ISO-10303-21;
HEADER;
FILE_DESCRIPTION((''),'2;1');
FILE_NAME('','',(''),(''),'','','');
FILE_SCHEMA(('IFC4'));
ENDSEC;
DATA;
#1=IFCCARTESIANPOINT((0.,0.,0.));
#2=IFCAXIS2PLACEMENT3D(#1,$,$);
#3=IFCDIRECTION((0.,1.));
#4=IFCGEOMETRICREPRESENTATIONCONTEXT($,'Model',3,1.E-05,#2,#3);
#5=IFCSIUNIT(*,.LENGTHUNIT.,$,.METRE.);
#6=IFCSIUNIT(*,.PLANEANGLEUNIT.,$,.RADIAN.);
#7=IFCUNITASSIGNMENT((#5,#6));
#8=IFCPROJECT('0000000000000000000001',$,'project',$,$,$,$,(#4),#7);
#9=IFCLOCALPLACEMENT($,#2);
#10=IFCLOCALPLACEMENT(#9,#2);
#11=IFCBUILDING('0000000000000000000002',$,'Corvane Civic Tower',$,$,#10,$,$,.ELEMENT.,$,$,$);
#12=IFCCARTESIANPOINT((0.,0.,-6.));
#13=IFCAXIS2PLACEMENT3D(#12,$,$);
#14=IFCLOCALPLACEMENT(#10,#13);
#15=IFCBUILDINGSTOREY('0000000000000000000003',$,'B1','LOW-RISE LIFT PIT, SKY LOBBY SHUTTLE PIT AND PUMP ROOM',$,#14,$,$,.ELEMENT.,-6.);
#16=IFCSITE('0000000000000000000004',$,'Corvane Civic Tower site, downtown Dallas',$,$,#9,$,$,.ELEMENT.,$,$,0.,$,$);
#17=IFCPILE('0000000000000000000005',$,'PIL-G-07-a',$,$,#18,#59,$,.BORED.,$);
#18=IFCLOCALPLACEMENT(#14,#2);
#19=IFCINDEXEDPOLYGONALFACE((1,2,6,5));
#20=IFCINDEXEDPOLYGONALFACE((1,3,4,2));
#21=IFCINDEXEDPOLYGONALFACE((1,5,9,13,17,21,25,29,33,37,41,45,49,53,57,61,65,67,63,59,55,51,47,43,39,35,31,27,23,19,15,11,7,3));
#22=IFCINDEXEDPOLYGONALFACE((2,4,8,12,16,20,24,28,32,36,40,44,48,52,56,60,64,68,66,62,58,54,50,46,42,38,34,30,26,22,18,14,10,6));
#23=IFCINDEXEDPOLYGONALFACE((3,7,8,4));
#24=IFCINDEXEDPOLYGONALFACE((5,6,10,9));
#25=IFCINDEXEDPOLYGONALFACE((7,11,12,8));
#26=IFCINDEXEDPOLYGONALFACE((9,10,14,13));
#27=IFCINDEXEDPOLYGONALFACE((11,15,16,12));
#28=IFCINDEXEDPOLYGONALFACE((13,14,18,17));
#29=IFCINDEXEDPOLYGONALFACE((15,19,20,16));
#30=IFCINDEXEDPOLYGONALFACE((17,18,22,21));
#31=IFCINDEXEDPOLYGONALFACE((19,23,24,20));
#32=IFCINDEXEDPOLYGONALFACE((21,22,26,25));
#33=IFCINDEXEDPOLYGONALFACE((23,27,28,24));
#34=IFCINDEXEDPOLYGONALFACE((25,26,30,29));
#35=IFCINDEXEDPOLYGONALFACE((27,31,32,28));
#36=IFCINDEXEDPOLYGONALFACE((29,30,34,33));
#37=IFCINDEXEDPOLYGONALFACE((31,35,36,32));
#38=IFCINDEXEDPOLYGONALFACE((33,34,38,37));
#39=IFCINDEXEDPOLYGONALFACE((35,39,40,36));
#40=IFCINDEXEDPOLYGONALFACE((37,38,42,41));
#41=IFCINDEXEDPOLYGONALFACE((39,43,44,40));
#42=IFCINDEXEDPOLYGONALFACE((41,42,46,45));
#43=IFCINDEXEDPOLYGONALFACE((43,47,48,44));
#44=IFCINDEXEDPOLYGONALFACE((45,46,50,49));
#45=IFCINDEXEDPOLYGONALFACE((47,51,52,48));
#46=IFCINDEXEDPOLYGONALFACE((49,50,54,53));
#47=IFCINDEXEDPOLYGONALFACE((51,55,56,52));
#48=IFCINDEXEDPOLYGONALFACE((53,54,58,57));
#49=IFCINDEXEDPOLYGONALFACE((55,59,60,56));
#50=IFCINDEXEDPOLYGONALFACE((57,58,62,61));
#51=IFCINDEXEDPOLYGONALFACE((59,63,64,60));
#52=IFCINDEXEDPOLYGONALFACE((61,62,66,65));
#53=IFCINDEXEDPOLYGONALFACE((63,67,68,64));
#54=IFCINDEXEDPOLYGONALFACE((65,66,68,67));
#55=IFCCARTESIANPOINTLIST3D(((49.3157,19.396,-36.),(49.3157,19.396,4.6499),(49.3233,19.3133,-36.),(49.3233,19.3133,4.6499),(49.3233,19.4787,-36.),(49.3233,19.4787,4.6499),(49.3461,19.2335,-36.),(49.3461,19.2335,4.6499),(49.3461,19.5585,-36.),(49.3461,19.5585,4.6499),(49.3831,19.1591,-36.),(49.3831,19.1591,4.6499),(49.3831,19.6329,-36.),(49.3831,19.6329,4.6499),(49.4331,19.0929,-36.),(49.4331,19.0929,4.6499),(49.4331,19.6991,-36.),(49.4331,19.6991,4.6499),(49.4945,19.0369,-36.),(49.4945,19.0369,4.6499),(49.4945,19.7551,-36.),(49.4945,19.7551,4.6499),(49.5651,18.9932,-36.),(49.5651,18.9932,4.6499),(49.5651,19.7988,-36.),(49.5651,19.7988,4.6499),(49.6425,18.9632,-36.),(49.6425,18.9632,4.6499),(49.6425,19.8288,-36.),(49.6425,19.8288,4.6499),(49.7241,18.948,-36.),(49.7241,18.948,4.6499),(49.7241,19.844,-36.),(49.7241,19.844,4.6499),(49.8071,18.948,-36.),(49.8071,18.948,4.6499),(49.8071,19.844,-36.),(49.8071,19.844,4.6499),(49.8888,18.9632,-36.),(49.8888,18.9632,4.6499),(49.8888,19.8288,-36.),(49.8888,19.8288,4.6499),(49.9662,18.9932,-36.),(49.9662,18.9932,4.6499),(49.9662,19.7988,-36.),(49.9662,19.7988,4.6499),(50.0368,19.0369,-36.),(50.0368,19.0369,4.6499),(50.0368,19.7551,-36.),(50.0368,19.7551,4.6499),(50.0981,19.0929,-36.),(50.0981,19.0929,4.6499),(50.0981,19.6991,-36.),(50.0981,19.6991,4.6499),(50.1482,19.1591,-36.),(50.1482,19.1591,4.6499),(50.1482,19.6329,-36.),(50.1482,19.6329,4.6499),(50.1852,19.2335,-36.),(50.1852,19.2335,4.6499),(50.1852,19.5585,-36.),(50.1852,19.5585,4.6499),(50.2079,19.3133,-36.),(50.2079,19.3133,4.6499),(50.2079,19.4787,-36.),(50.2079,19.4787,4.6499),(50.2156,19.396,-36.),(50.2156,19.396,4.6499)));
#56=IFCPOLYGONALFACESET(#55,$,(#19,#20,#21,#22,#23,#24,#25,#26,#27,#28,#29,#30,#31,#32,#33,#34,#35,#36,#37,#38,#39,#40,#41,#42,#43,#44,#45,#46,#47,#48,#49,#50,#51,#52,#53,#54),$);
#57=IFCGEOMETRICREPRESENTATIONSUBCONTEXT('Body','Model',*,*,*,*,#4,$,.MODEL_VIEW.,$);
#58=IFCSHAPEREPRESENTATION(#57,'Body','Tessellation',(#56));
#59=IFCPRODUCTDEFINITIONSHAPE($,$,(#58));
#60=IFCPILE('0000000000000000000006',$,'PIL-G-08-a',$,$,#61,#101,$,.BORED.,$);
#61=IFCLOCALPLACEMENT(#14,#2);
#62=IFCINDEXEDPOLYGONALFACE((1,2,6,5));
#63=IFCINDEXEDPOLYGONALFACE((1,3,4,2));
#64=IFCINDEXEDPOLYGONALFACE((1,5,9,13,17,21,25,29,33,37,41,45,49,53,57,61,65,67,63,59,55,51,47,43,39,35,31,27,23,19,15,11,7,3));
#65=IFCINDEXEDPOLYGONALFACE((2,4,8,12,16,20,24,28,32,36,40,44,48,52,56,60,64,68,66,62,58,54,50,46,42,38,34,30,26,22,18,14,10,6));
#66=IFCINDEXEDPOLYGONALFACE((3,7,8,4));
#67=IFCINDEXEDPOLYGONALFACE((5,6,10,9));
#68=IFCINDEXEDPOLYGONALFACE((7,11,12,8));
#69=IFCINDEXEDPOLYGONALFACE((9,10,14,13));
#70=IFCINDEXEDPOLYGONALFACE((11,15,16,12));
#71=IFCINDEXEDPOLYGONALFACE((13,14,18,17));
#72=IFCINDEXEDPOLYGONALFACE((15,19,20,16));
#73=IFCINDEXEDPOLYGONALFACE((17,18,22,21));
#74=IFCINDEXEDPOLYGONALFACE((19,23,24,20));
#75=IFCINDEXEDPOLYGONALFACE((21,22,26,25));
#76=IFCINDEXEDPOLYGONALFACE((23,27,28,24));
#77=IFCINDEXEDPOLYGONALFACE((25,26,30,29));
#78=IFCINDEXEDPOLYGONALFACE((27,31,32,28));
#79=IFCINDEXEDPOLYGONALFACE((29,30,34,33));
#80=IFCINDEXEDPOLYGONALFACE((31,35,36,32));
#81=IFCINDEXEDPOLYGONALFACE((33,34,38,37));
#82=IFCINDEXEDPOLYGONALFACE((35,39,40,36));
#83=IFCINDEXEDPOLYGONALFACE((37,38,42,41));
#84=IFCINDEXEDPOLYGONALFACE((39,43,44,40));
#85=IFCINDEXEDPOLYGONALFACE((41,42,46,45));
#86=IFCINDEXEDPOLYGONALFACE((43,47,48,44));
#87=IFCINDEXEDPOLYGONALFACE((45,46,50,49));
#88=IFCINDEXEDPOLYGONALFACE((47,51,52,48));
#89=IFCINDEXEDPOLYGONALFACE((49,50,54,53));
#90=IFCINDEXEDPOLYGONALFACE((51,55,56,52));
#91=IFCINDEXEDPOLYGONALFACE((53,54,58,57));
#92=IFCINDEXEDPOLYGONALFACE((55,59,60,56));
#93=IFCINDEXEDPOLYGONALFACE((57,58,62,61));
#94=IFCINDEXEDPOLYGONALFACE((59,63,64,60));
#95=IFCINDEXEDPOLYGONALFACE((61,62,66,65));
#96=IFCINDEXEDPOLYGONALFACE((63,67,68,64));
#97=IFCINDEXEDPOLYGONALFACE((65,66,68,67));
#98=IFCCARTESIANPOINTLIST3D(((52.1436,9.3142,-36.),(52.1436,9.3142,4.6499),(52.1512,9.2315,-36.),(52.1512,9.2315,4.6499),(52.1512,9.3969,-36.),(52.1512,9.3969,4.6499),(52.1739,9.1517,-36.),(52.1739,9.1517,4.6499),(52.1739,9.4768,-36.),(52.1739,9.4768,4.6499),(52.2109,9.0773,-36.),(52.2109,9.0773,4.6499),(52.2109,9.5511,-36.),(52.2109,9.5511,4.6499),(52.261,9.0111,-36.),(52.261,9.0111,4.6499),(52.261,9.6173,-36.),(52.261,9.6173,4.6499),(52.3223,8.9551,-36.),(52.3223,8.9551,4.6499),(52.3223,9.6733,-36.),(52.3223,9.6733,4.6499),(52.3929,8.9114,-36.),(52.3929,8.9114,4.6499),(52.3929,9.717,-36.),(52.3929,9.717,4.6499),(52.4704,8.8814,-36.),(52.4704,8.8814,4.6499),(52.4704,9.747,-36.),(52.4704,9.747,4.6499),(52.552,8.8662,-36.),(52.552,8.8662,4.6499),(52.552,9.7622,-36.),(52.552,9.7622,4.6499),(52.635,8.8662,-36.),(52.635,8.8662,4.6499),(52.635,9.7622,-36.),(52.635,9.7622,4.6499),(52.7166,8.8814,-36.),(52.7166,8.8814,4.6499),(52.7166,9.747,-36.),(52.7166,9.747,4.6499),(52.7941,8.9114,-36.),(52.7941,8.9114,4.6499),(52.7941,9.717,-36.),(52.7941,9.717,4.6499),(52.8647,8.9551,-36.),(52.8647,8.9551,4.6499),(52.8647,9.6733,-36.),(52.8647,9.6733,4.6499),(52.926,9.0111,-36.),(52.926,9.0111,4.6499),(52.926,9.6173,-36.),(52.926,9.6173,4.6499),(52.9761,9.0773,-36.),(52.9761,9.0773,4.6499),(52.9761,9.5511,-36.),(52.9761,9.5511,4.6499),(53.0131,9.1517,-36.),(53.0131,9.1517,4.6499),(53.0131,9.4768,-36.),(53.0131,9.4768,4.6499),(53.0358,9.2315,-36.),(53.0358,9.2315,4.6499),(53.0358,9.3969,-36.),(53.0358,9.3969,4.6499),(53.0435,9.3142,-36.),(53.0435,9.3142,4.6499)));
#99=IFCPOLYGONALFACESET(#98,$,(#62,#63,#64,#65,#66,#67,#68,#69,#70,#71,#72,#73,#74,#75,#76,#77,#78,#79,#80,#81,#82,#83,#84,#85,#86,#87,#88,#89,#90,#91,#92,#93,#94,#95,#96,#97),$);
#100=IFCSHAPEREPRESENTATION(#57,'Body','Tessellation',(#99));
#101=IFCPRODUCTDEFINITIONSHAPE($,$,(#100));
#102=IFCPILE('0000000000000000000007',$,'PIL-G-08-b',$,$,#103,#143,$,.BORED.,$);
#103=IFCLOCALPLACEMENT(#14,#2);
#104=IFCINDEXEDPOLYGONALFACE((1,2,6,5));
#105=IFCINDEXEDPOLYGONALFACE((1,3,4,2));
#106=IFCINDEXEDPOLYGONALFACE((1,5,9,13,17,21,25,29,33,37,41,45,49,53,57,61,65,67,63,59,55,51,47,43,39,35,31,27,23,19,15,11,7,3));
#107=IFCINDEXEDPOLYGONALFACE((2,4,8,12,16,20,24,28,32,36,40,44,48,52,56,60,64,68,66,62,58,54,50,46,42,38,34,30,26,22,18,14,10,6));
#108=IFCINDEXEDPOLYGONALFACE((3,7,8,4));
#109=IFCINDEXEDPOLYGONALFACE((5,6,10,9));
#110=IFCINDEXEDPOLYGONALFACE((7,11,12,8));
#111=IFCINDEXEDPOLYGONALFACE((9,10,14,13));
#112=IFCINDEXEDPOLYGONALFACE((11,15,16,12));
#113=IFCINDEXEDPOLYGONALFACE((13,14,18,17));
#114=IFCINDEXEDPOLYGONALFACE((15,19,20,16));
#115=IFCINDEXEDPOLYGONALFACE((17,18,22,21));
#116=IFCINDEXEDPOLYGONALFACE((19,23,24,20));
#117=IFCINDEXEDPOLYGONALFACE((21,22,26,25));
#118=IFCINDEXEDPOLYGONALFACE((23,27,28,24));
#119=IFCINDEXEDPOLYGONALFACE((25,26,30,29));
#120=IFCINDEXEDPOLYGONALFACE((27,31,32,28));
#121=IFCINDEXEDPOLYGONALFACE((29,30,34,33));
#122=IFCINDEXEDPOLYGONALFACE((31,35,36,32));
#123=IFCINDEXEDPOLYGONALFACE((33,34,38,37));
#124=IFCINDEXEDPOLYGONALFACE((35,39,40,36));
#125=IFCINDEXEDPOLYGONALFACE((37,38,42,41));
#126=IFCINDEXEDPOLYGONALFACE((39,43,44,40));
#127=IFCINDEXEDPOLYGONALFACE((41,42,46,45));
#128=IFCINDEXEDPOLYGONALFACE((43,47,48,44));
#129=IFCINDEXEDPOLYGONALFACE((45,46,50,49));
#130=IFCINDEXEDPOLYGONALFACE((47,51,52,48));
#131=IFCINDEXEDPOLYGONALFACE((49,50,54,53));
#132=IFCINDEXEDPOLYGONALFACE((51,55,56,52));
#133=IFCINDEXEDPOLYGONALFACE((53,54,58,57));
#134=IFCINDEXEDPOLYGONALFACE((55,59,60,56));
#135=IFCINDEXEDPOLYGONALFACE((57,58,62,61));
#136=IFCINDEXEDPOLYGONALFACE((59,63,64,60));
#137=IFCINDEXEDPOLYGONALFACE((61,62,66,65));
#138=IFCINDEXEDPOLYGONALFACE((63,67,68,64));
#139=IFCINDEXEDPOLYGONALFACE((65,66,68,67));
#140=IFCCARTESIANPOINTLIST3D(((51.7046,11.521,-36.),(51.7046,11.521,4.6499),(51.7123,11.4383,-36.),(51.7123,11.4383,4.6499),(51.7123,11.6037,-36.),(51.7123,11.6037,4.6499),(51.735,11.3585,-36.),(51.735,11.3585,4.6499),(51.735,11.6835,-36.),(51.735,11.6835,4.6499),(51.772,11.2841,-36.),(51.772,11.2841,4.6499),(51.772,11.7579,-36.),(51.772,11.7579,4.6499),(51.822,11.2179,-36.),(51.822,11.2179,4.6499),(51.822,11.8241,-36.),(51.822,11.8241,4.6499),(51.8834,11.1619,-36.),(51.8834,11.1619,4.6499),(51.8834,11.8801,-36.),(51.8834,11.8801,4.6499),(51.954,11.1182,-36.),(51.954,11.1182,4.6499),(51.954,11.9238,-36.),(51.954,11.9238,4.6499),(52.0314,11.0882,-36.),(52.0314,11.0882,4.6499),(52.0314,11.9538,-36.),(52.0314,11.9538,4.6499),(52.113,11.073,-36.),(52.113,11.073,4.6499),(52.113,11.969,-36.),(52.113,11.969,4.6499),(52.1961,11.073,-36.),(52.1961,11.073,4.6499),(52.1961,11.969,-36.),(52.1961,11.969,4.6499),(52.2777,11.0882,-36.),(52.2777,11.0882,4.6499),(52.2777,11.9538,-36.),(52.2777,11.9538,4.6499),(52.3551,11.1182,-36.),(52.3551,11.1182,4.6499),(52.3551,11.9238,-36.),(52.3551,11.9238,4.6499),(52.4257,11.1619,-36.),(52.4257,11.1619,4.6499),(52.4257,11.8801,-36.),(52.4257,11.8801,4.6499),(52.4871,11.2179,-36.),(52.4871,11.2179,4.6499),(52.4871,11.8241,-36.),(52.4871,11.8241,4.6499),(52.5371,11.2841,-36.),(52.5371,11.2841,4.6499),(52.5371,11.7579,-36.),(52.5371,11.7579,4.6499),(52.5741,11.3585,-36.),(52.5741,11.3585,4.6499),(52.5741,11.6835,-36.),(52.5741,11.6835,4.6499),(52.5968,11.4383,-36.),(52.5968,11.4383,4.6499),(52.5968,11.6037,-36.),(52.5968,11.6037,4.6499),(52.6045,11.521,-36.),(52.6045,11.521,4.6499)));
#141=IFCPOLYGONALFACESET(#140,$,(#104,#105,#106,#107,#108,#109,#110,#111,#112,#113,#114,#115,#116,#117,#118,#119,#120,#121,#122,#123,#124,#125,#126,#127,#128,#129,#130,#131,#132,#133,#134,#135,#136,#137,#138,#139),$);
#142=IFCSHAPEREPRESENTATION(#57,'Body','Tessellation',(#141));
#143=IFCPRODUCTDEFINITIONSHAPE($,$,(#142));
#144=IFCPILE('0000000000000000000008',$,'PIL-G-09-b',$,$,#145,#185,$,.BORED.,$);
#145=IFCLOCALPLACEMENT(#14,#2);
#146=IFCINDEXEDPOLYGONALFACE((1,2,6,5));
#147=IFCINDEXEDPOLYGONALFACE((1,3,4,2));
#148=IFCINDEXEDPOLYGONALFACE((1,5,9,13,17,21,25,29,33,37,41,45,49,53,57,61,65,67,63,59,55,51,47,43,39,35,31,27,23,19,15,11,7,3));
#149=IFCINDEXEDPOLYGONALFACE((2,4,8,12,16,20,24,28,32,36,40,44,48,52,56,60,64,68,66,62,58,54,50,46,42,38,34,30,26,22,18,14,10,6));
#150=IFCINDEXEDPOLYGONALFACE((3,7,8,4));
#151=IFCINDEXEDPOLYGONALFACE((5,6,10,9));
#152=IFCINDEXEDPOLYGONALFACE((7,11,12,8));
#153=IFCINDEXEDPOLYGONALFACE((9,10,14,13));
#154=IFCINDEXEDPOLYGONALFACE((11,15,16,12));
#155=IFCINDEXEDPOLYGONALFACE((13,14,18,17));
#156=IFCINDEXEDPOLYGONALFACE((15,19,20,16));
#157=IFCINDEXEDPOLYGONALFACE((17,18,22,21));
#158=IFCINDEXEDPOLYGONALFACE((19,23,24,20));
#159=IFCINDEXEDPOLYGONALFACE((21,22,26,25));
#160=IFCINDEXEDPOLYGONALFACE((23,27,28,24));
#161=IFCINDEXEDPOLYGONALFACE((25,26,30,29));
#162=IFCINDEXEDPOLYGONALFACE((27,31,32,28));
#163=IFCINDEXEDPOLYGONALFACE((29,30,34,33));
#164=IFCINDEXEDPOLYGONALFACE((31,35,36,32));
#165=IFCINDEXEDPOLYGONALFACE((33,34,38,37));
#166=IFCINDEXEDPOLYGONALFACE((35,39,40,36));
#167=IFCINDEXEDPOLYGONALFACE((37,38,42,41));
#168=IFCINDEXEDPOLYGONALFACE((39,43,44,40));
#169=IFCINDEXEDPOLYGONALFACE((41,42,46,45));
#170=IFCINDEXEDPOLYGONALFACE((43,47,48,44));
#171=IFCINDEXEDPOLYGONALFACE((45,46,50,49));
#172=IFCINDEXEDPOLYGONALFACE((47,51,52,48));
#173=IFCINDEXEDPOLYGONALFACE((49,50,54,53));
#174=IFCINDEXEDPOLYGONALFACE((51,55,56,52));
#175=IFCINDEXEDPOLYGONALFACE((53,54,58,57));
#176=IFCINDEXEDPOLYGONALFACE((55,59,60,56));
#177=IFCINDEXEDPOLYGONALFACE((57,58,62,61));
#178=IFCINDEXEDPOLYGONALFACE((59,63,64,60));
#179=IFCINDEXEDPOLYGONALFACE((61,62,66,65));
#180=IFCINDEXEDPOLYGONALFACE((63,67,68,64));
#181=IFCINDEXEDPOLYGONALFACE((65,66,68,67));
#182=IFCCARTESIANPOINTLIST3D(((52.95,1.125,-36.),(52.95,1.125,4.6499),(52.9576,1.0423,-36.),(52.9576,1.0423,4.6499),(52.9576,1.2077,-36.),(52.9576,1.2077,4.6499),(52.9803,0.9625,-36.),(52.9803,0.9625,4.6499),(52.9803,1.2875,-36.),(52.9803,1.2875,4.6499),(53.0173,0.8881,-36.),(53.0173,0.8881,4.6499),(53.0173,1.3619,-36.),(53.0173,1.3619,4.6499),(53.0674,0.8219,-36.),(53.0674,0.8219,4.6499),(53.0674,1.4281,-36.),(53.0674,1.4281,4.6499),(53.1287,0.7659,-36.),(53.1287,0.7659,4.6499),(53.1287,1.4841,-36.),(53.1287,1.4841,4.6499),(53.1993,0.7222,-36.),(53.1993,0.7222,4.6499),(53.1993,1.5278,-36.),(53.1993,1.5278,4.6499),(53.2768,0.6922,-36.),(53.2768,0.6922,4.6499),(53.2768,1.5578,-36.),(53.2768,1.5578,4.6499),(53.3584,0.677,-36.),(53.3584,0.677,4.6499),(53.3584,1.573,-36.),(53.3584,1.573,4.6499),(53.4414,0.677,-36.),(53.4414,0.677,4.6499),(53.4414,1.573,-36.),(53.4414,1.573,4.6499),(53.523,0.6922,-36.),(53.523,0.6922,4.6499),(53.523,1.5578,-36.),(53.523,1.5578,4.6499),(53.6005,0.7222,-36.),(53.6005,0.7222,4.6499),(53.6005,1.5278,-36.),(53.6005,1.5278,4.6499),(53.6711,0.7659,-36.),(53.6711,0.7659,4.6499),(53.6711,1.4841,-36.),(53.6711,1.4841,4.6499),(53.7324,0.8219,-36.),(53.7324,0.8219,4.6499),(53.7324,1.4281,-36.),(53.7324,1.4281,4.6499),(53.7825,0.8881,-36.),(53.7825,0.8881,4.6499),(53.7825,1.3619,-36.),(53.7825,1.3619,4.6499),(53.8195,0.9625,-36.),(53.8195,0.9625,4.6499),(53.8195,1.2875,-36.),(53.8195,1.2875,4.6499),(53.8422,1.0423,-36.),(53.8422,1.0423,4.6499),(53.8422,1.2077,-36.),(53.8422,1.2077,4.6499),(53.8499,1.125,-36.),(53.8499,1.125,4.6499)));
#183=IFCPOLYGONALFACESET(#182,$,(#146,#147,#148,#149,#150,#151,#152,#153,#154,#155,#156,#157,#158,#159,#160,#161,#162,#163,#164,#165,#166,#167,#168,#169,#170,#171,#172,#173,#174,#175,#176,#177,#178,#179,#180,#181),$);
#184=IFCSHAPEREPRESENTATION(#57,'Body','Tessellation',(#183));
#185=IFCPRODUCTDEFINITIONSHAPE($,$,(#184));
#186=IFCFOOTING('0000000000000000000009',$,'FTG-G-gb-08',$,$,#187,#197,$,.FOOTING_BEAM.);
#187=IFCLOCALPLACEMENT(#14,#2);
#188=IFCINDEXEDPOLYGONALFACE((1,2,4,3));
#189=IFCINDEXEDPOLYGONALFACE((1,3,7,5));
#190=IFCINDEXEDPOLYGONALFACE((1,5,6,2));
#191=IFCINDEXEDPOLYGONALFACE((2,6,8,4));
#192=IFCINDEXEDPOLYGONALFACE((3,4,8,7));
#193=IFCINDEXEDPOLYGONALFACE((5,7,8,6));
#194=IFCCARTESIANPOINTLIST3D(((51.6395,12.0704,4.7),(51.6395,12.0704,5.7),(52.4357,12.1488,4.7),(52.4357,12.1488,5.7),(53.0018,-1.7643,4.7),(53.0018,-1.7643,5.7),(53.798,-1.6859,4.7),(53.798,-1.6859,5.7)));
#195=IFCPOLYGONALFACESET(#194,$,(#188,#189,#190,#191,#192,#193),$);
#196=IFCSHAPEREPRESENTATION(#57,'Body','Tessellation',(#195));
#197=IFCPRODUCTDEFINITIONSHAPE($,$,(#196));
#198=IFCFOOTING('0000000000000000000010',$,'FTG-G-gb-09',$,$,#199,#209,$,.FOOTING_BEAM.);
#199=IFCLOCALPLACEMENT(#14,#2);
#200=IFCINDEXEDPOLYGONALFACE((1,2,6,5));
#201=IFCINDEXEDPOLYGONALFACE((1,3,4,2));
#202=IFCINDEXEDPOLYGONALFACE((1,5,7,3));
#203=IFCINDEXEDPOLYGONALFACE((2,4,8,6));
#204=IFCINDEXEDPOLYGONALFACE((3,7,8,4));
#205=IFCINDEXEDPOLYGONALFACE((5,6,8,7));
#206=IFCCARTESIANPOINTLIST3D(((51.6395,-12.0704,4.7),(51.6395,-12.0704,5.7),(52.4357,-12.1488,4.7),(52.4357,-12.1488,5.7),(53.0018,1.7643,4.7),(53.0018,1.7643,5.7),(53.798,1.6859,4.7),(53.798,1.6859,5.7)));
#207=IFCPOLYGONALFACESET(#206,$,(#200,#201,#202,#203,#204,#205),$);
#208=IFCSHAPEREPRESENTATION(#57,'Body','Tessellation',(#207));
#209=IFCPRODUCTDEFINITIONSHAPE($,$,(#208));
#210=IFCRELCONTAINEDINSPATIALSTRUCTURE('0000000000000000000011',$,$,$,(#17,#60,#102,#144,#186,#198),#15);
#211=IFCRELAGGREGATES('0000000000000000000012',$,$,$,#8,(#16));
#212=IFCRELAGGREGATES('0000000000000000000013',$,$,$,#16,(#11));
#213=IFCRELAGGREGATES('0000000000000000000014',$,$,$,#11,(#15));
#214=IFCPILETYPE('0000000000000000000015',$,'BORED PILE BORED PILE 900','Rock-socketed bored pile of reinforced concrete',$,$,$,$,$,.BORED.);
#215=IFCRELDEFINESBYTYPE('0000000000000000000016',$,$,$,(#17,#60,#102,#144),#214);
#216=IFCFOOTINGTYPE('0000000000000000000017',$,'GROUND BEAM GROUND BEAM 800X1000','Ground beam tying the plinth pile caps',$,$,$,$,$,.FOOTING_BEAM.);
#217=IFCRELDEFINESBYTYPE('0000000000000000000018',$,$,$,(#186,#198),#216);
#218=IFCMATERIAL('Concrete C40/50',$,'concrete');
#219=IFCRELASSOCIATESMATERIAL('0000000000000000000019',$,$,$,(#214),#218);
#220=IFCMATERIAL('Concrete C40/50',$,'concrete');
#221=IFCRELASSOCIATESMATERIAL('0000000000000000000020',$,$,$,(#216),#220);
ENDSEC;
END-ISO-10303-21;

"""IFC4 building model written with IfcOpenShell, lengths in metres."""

from ifc_helpers import new_model, si_unit, direction, frame, origin, origin_2d, place, context, subcontext, project, spatial, rectangle, circle, extrude, material, material_profile, profile_set, type_object, element, save


model = new_model("IFC4")

# Units and contexts
model_context = context("Model", 3, precision=1e-05, world=origin(), true_north=direction((0.0, 1.0)))
body_context = subcontext(model_context, "Body", "Model", "MODEL_VIEW")
ifc_project = project(units=[si_unit("LENGTHUNIT", "METRE"), si_unit("PLANEANGLEUNIT", "RADIAN")], contexts=[model_context])

# Site, building, storey
site_placement = place(None, origin())
site = spatial("IfcSite", under=ifc_project, at=site_placement, Name="Corvane Civic Tower site, downtown Dallas", CompositionType="ELEMENT", RefElevation=0.0)
building_placement = place(site_placement, origin())
building = spatial("IfcBuilding", under=site, at=building_placement, Name="Corvane Civic Tower", CompositionType="ELEMENT")
storey_placement = place(building_placement, frame((0.0, 0.0, -6.0)))
storey = spatial("IfcBuildingStorey", under=building, at=storey_placement, Name="B1", Description="LOW-RISE LIFT PIT, SKY LOBBY SHUTTLE PIT AND PUMP ROOM", CompositionType="ELEMENT", Elevation=-6.0)

# Piles
ifc_material_1 = material(Name="Concrete C40/50", Category="concrete")
ifc_material_profile_1 = material_profile(ifc_material_1, circle(Radius=0.45, at=origin_2d()), Name="BORED PILE 900")
ifc_profile_set_1 = profile_set([ifc_material_profile_1], Name="Concrete C40/50")
pile_type_1 = type_object("IfcPileType", Name="BORED PILE BORED PILE 900", Description="Rock-socketed bored pile of reinforced concrete", PredefinedType="BORED", material=ifc_profile_set_1)
for number, where, z_axis, x_axis, name in (
    (1, (49.7656, 19.396, 4.6499), (0.0, 0.0, -1.0), (1.0, 0.0, 0.0), "PIL-G-07-a"),
    (2, (52.5935, 9.3142, 4.6499), (0.0, 0.0, -1.0), (1.0, 0.0, 0.0), "PIL-G-08-a"),
    (3, (52.1545, 11.521, 4.6499), (0.0, 0.0, -1.0), (1.0, 0.0, 0.0), "PIL-G-08-b"),
    (4, (53.3999, 1.125, 4.6499), (0.0, 0.0, -1.0), (1.0, 0.0, 0.0), "PIL-G-09-b"),
):
    element("IfcPile", number, at=place(storey_placement, frame(where, z_axis=z_axis, x_axis=x_axis)), inside=storey, type_object=pile_type_1, Name=name, PredefinedType="BORED", context=body_context, shape_type="SweptSolid", body=[
        extrude(circle(Radius=0.45, at=origin_2d()), origin(), (0.0, 0.0, 1.0), 40.6499),
    ])

# Footings
ifc_material_2 = material(Name="Concrete C40/50", Category="concrete")
ifc_material_profile_2 = material_profile(ifc_material_2, rectangle(XDim=0.8, YDim=1.0, at=origin_2d()), Name="GROUND BEAM 800X1000")
ifc_profile_set_2 = profile_set([ifc_material_profile_2], Name="Concrete C40/50")
footing_type_1 = type_object("IfcFootingType", Name="GROUND BEAM GROUND BEAM 800X1000", Description="Ground beam tying the plinth pile caps", PredefinedType="FOOTING_BEAM", material=ifc_profile_set_2)
for number, where, z_axis, x_axis, name in (
    (5, (52.0376, 12.1096, 5.2), (0.097996, -0.995187, 0.0), (0.995187, 0.097996, 0.0), "FTG-G-gb-08"),
    (6, (53.3999, 1.7251, 5.2), (-0.097996, -0.995187, 0.0), (0.995187, -0.097996, 0.0), "FTG-G-gb-09"),
):
    element("IfcFooting", number, at=place(storey_placement, frame(where, z_axis=z_axis, x_axis=x_axis)), inside=storey, type_object=footing_type_1, Name=name, PredefinedType="FOOTING_BEAM", context=body_context, shape_type="SweptSolid", body=[
        extrude(rectangle(XDim=0.8, YDim=1.0, at=origin_2d()), origin(), (0.0, 0.0, 1.0), 13.9016),
    ])

save(model, "model.ifc")
